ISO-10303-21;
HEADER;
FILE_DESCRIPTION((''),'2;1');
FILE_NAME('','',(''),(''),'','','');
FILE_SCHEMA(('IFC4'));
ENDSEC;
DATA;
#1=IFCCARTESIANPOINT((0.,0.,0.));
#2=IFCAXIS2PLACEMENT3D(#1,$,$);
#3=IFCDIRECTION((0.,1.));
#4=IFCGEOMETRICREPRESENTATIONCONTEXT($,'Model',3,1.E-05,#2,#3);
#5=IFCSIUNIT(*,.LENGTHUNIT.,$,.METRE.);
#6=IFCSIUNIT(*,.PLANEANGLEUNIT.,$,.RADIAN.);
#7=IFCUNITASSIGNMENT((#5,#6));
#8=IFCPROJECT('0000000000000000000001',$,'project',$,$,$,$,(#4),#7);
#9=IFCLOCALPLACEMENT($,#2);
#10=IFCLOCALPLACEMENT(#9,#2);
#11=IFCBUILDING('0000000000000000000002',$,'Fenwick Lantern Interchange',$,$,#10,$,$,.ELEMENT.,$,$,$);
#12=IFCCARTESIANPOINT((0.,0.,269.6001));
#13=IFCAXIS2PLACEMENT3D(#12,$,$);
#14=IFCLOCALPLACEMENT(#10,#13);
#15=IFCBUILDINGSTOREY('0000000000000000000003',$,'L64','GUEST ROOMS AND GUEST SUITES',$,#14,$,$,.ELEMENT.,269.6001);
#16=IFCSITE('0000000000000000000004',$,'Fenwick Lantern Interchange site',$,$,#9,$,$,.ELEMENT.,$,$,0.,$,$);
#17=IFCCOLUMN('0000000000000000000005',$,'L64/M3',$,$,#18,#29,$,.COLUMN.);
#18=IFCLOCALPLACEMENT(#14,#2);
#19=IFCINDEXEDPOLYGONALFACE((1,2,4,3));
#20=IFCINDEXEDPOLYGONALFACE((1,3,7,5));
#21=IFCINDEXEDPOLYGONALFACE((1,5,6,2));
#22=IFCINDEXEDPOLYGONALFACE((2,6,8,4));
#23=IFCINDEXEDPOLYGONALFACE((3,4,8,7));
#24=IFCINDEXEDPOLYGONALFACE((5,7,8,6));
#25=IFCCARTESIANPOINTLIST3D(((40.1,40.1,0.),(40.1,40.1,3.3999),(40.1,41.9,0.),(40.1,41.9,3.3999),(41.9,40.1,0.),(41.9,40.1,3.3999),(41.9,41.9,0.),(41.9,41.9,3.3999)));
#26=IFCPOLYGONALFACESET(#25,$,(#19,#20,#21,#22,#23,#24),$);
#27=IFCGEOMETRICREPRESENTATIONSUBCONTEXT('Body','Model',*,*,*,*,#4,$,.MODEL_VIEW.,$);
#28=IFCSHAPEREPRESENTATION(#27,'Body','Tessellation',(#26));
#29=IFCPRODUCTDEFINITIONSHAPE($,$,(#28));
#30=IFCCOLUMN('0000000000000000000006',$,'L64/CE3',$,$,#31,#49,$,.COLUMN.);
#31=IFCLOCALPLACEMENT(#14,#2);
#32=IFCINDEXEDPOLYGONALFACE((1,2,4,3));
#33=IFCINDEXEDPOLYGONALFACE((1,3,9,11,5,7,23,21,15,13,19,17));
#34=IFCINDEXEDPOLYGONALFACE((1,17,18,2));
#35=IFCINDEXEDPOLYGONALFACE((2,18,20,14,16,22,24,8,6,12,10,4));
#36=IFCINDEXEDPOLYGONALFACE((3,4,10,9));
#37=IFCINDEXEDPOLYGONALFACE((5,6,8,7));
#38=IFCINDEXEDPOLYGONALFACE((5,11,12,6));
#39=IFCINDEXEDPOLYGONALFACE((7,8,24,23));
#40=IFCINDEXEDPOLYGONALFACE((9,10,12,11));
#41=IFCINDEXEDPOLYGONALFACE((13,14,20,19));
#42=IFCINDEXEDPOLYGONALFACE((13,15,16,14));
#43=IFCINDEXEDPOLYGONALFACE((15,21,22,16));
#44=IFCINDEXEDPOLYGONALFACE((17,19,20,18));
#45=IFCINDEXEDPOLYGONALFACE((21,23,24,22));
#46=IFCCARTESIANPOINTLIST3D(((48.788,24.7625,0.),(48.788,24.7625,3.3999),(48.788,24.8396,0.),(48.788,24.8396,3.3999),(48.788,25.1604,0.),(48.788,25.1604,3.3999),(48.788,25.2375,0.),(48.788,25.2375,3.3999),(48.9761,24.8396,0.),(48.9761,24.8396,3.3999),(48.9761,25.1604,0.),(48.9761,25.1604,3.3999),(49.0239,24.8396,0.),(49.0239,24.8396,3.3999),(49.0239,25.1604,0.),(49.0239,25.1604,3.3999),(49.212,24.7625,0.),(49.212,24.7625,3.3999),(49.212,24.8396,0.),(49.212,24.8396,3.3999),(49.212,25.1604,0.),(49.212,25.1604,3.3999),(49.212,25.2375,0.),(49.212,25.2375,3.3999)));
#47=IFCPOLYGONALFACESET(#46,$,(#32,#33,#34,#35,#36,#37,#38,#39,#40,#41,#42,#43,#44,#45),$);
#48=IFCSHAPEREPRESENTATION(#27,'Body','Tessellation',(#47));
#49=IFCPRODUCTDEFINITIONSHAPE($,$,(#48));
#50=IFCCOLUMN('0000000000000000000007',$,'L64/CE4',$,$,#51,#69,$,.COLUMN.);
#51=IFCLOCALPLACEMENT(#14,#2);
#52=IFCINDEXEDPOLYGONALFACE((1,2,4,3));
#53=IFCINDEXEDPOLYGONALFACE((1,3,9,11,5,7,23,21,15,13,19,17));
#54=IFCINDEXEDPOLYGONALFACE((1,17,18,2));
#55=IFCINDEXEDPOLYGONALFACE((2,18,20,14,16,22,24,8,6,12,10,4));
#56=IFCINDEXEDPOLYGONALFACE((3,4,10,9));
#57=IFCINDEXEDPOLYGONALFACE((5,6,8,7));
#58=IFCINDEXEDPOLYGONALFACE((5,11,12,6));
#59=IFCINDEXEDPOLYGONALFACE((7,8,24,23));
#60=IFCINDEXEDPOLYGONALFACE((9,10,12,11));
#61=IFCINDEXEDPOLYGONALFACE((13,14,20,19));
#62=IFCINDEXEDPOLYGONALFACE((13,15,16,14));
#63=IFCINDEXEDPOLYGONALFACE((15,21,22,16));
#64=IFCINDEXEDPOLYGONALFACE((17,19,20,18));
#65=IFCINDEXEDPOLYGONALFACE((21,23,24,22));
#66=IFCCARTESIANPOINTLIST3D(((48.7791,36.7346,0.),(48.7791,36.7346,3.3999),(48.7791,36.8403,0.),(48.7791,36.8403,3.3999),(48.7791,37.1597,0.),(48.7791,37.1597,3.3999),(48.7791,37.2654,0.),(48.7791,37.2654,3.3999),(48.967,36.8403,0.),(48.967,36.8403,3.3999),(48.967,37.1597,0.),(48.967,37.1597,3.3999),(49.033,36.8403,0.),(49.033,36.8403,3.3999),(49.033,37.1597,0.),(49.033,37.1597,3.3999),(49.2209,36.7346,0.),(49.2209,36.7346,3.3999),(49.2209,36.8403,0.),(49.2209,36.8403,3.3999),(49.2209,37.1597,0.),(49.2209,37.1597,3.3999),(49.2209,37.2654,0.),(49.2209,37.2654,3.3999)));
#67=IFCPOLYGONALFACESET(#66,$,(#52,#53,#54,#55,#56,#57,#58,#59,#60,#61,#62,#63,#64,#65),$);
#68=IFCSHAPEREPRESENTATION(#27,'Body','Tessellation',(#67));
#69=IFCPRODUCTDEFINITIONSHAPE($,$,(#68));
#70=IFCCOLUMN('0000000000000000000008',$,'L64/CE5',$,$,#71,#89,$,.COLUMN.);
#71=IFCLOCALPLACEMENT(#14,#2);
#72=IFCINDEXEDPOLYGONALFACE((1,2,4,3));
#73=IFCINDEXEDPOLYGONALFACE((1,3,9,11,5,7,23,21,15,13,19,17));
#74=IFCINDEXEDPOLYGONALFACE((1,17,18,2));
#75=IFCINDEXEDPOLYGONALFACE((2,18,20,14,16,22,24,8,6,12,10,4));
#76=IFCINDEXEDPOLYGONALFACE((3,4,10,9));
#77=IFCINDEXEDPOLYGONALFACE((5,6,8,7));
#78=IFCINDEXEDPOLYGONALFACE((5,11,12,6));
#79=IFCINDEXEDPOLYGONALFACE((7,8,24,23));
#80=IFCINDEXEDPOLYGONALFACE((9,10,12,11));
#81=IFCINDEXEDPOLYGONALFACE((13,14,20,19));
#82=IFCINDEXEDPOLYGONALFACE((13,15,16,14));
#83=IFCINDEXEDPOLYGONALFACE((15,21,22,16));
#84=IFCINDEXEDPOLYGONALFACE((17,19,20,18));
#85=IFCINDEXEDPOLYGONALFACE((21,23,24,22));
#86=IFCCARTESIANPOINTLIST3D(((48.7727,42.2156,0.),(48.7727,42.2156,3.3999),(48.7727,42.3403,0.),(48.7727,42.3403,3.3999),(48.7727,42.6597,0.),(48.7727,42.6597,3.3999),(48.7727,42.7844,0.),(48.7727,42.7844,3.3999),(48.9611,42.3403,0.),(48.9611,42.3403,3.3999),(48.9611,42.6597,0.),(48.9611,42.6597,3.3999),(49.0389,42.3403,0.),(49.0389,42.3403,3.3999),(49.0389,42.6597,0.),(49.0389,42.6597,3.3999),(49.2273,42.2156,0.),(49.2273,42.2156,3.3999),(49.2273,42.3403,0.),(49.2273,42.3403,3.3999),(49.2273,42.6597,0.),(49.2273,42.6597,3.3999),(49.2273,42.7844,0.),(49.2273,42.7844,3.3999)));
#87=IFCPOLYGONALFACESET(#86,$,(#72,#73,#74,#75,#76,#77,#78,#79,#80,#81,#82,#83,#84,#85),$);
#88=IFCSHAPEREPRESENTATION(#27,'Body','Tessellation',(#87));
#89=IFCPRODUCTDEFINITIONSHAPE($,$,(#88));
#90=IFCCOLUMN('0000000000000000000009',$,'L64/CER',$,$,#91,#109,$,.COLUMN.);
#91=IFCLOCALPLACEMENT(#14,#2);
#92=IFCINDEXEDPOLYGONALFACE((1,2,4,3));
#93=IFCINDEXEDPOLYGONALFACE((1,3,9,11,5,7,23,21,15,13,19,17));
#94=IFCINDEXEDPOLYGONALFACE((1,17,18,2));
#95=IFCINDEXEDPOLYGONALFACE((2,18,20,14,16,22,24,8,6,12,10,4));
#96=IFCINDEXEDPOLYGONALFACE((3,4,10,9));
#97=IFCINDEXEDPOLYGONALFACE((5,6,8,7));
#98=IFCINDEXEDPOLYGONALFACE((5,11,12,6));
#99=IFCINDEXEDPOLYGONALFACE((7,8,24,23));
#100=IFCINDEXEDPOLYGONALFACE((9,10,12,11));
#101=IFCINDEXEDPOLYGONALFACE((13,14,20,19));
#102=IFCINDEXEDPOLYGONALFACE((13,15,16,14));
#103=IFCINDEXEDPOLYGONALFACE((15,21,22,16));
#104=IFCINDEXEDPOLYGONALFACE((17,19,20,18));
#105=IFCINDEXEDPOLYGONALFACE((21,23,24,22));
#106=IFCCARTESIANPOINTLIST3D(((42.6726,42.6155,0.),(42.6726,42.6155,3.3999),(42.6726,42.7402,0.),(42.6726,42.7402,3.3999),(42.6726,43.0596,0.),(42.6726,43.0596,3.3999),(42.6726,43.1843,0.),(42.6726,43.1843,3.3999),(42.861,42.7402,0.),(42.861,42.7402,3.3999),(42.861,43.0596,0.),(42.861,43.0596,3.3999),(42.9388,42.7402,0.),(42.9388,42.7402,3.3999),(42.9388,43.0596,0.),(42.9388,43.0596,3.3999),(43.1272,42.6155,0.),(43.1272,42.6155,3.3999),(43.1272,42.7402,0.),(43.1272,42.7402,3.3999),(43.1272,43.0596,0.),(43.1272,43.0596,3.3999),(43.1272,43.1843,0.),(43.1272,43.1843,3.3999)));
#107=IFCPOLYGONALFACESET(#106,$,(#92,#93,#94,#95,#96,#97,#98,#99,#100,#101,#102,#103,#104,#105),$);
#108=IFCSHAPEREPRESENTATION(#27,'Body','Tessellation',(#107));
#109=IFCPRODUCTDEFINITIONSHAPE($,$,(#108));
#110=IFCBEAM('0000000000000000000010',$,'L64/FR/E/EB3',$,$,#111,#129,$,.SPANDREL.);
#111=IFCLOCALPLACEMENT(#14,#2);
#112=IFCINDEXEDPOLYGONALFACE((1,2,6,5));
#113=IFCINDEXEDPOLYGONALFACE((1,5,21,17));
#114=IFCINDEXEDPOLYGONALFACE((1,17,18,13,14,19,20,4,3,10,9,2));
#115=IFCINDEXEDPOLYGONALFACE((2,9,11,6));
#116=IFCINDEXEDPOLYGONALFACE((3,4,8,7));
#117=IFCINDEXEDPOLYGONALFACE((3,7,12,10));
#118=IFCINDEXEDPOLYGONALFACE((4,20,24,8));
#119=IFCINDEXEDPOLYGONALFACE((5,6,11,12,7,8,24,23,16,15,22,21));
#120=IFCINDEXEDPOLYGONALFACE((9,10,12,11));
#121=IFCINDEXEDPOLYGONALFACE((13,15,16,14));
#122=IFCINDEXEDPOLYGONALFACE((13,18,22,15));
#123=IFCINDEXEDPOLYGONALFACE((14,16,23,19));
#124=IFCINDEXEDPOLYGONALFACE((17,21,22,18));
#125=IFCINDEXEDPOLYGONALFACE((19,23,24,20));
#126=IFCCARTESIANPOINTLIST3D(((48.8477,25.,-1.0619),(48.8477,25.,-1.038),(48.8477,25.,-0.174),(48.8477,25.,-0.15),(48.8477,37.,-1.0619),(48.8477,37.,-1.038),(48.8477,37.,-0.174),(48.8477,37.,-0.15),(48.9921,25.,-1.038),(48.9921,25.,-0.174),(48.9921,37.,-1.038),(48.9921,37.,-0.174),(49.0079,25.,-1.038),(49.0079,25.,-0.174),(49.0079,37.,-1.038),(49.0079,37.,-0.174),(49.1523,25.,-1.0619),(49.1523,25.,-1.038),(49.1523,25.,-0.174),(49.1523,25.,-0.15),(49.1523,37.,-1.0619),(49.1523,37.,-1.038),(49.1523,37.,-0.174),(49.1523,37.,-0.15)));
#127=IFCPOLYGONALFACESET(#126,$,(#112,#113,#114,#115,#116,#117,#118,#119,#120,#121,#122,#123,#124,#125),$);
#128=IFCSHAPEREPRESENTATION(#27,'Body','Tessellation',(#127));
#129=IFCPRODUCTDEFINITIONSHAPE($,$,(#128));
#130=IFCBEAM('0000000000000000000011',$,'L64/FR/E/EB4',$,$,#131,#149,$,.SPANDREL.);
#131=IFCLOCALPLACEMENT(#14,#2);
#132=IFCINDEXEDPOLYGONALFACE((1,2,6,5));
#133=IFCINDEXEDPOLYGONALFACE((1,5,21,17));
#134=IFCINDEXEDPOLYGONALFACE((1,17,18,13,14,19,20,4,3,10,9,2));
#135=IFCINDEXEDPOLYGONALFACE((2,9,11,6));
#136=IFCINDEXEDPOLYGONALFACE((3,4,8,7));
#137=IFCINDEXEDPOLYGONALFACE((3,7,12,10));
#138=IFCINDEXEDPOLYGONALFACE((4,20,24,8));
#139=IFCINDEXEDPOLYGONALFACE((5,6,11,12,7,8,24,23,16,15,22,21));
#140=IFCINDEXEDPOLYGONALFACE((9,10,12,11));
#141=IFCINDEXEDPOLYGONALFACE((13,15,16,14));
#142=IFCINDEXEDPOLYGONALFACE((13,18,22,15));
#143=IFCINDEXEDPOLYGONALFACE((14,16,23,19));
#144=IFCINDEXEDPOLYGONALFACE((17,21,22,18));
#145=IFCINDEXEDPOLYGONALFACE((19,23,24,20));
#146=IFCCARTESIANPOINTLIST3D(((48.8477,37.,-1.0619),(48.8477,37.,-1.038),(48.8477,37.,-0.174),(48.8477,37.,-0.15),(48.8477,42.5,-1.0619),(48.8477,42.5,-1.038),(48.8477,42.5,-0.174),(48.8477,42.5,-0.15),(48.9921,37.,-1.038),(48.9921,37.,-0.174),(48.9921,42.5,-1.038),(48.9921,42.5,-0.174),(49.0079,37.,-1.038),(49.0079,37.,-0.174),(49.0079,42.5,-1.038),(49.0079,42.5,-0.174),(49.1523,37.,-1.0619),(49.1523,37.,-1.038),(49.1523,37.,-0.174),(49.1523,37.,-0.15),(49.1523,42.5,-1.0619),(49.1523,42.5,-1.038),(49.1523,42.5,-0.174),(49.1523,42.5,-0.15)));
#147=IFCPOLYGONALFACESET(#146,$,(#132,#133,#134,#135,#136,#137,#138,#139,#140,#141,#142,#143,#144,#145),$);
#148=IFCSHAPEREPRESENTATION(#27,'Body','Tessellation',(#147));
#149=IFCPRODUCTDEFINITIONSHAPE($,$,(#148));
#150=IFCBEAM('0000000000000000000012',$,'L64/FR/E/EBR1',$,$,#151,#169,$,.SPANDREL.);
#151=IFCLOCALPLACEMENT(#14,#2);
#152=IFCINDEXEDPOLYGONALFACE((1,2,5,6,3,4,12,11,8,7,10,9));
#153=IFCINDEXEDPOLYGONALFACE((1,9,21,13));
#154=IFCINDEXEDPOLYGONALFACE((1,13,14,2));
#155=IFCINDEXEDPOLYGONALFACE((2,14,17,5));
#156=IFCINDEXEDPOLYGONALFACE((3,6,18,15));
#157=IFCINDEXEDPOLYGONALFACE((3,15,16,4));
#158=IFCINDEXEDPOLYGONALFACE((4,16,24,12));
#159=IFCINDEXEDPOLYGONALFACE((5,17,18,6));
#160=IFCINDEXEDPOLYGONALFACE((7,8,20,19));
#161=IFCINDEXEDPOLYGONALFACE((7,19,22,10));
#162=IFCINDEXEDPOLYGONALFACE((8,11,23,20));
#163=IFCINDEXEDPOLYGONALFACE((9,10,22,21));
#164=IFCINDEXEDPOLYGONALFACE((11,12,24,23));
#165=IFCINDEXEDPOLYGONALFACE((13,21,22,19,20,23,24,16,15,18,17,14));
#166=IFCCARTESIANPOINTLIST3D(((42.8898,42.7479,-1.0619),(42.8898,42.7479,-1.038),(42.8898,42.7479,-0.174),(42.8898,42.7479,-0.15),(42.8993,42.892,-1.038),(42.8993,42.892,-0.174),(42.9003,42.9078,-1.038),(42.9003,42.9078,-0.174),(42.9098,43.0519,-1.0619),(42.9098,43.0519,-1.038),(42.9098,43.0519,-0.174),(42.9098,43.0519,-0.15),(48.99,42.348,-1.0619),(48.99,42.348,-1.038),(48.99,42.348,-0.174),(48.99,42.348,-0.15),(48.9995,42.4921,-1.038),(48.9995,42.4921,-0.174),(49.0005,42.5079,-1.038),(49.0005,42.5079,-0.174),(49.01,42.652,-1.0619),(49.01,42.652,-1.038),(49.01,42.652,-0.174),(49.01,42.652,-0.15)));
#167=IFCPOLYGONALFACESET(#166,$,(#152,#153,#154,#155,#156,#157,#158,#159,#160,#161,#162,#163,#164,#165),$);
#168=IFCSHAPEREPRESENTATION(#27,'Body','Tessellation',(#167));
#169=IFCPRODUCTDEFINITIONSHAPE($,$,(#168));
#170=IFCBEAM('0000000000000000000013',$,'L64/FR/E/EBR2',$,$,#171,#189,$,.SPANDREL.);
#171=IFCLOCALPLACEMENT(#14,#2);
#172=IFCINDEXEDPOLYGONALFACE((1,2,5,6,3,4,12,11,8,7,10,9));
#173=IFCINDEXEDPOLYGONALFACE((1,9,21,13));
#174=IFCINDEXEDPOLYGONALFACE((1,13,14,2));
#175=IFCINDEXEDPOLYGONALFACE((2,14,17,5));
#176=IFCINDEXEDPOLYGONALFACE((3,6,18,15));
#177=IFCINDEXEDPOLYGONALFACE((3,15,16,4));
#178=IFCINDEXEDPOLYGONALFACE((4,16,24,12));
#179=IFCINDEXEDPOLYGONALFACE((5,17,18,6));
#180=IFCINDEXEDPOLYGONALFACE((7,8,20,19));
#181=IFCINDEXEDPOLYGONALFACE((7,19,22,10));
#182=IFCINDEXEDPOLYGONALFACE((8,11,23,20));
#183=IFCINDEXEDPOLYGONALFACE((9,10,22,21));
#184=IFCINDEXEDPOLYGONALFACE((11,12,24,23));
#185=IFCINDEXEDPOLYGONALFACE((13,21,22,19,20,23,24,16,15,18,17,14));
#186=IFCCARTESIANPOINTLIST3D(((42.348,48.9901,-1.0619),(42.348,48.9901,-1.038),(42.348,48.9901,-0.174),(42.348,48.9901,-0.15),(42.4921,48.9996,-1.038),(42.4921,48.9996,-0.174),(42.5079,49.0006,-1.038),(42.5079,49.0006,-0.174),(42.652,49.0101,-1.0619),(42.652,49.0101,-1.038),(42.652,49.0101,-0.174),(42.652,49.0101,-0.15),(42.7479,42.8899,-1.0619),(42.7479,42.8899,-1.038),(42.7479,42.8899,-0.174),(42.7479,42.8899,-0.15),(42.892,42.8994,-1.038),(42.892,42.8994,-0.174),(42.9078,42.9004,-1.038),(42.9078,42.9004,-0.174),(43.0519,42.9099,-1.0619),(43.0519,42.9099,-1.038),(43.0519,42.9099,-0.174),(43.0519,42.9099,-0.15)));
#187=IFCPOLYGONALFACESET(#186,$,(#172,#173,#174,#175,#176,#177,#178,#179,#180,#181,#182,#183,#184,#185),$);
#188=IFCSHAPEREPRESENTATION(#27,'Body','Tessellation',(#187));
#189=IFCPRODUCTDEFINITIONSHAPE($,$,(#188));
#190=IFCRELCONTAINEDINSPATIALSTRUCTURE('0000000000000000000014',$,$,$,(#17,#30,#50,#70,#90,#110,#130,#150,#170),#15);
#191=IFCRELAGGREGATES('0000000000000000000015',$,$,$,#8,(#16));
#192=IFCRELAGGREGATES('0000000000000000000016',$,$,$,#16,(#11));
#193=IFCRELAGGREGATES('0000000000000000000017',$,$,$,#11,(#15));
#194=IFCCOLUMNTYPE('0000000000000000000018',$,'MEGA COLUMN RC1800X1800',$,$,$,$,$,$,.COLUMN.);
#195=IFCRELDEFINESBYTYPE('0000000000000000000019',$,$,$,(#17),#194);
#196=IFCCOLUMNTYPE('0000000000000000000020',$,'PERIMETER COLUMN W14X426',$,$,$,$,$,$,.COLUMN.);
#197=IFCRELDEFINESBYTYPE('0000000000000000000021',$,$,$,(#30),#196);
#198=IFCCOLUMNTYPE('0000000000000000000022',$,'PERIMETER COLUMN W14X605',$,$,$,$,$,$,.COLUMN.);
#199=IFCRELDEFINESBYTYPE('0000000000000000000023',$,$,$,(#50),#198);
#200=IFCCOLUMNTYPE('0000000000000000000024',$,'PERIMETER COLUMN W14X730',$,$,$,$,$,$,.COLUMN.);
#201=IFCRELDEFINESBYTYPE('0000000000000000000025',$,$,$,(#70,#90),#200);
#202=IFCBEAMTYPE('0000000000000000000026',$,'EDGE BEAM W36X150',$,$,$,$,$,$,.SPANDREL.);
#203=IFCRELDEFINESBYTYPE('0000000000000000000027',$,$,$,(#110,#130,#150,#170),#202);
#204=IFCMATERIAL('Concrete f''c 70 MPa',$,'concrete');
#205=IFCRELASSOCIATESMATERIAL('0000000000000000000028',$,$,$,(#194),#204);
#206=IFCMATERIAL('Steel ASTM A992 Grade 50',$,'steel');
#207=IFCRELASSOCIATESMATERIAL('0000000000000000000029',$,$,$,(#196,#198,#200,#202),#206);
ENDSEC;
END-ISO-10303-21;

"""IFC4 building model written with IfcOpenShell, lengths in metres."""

from ifc_helpers import new_model, si_unit, direction, frame, origin, origin_2d, place, context, subcontext, project, spatial, rectangle, i_section, extrude, material, material_profile, profile_set, type_object, element, save


model = new_model("IFC4")

# Units and contexts
model_context = context("Model", 3, precision=1e-05, world=origin(), true_north=direction((0.0, 1.0)))
body_context = subcontext(model_context, "Body", "Model", "MODEL_VIEW")
ifc_project = project(units=[si_unit("LENGTHUNIT", "METRE"), si_unit("PLANEANGLEUNIT", "RADIAN")], contexts=[model_context])

# Site, building, storey
site_placement = place(None, origin())
site = spatial("IfcSite", under=ifc_project, at=site_placement, Name="Fenwick Lantern Interchange site", CompositionType="ELEMENT", RefElevation=0.0)
building_placement = place(site_placement, origin())
building = spatial("IfcBuilding", under=site, at=building_placement, Name="Fenwick Lantern Interchange", CompositionType="ELEMENT")
storey_placement = place(building_placement, frame((0.0, 0.0, 269.6001)))
storey = spatial("IfcBuildingStorey", under=building, at=storey_placement, Name="L64", Description="GUEST ROOMS AND GUEST SUITES", CompositionType="ELEMENT", Elevation=269.6001)

# Columns
ifc_material_1 = material(Name="Concrete f'c 70 MPa", Category="concrete")
ifc_material_profile_1 = material_profile(ifc_material_1, rectangle(XDim=1.8, YDim=1.8, at=origin_2d()), Name="RC1800X1800")
ifc_profile_set_1 = profile_set([ifc_material_profile_1], Name="Concrete f'c 70 MPa")
column_type_1 = type_object("IfcColumnType", Name="MEGA COLUMN RC1800X1800", PredefinedType="COLUMN", material=ifc_profile_set_1)
column_1_placement = place(storey_placement, frame((41.0, 41.0, 0.0), z_axis=(0.0, 0.0, 1.0), x_axis=(1.0, 0.0, 0.0)))
element("IfcColumn", 1, at=column_1_placement, inside=storey, type_object=column_type_1, Name="L64/M3", PredefinedType="COLUMN", context=body_context, shape_type="SweptSolid", body=[
    extrude(rectangle(XDim=1.8, YDim=1.8, at=origin_2d()), origin(), (0.0, 0.0, 1.0), 3.3999),
])
ifc_material_2 = material(Name="Steel ASTM A992 Grade 50", Category="steel")
ifc_material_profile_2 = material_profile(ifc_material_2, i_section(OverallWidth=0.4241, OverallDepth=0.4751, WebThickness=0.0479, FlangeThickness=0.0771, at=origin_2d()), Name="W14X426")
ifc_profile_set_2 = profile_set([ifc_material_profile_2], Name="Steel ASTM A992 Grade 50")
column_type_2 = type_object("IfcColumnType", Name="PERIMETER COLUMN W14X426", PredefinedType="COLUMN", material=ifc_profile_set_2)
column_2_placement = place(storey_placement, frame((49.0, 25.0, 0.0), z_axis=(0.0, 0.0, 1.0), x_axis=(1.0, 0.0, 0.0)))
element("IfcColumn", 2, at=column_2_placement, inside=storey, type_object=column_type_2, Name="L64/CE3", PredefinedType="COLUMN", context=body_context, shape_type="SweptSolid", body=[
    extrude(i_section(OverallWidth=0.4241, OverallDepth=0.4751, WebThickness=0.0479, FlangeThickness=0.0771, at=origin_2d()), origin(), (0.0, 0.0, 1.0), 3.3999),
])
ifc_material_profile_3 = material_profile(ifc_material_2, i_section(OverallWidth=0.4419, OverallDepth=0.5308, WebThickness=0.0659, FlangeThickness=0.1057, at=origin_2d()), Name="W14X605")
ifc_profile_set_3 = profile_set([ifc_material_profile_3], Name="Steel ASTM A992 Grade 50")
column_type_3 = type_object("IfcColumnType", Name="PERIMETER COLUMN W14X605", PredefinedType="COLUMN", material=ifc_profile_set_3)
column_3_placement = place(storey_placement, frame((49.0, 37.0, 0.0), z_axis=(0.0, 0.0, 1.0), x_axis=(1.0, 0.0, 0.0)))
element("IfcColumn", 3, at=column_3_placement, inside=storey, type_object=column_type_3, Name="L64/CE4", PredefinedType="COLUMN", context=body_context, shape_type="SweptSolid", body=[
    extrude(i_section(OverallWidth=0.4419, OverallDepth=0.5308, WebThickness=0.0659, FlangeThickness=0.1057, at=origin_2d()), origin(), (0.0, 0.0, 1.0), 3.3999),
])
ifc_material_profile_4 = material_profile(ifc_material_2, i_section(OverallWidth=0.4546, OverallDepth=0.5688, WebThickness=0.0779, FlangeThickness=0.1248, at=origin_2d()), Name="W14X730")
ifc_profile_set_4 = profile_set([ifc_material_profile_4], Name="Steel ASTM A992 Grade 50")
column_type_4 = type_object("IfcColumnType", Name="PERIMETER COLUMN W14X730", PredefinedType="COLUMN", material=ifc_profile_set_4)
for number, where, z_axis, x_axis, name in (
    (4, (49.0, 42.5, 0.0), (0.0, 0.0, 1.0), (1.0, 0.0, 0.0), "L64/CE5"),
    (5, (42.8999, 42.8999, 0.0), (0.0, 0.0, 1.0), (1.0, 0.0, 0.0), "L64/CER"),
):
    element("IfcColumn", number, at=place(storey_placement, frame(where, z_axis=z_axis, x_axis=x_axis)), inside=storey, type_object=column_type_4, Name=name, PredefinedType="COLUMN", context=body_context, shape_type="SweptSolid", body=[
        extrude(i_section(OverallWidth=0.4546, OverallDepth=0.5688, WebThickness=0.0779, FlangeThickness=0.1248, at=origin_2d()), origin(), (0.0, 0.0, 1.0), 3.3999),
    ])

# Beams
ifc_material_profile_5 = material_profile(ifc_material_2, i_section(OverallWidth=0.3047, OverallDepth=0.9119, WebThickness=0.0159, FlangeThickness=0.0239, at=origin_2d()), Name="W36X150")
ifc_profile_set_5 = profile_set([ifc_material_profile_5], Name="Steel ASTM A992 Grade 50")
beam_type_1 = type_object("IfcBeamType", Name="EDGE BEAM W36X150", PredefinedType="SPANDREL", material=ifc_profile_set_5)
beam_1_placement = place(storey_placement, frame((49.0, 25.0, -0.606), z_axis=(0.0, 1.0, 0.0), x_axis=(-1.0, 0.0, 0.0)))
element("IfcBeam", 6, at=beam_1_placement, inside=storey, type_object=beam_type_1, Name="L64/FR/E/EB3", PredefinedType="SPANDREL", context=body_context, shape_type="SweptSolid", body=[
    extrude(i_section(OverallWidth=0.3047, OverallDepth=0.9119, WebThickness=0.0159, FlangeThickness=0.0239, at=origin_2d()), origin(), (0.0, 0.0, 1.0), 12.0),
])
beam_2_placement = place(storey_placement, frame((49.0, 37.0, -0.606), z_axis=(0.0, 1.0, 0.0), x_axis=(-1.0, 0.0, 0.0)))
element("IfcBeam", 7, at=beam_2_placement, inside=storey, type_object=beam_type_1, Name="L64/FR/E/EB4", PredefinedType="SPANDREL", context=body_context, shape_type="SweptSolid", body=[
    extrude(i_section(OverallWidth=0.3047, OverallDepth=0.9119, WebThickness=0.0159, FlangeThickness=0.0239, at=origin_2d()), origin(), (0.0, 0.0, 1.0), 5.5),
])
for number, where, z_axis, x_axis, name in (
    (8, (49.0, 42.5, -0.606), (-0.997858, 0.065416, 0.0), (-0.065416, -0.997858, 0.0), "L64/FR/E/EBR1"),
    (9, (42.8999, 42.8999, -0.606), (-0.065416, 0.997858, 0.0), (-0.997858, -0.065416, 0.0), "L64/FR/E/EBR2"),
):
    element("IfcBeam", number, at=place(storey_placement, frame(where, z_axis=z_axis, x_axis=x_axis)), inside=storey, type_object=beam_type_1, Name=name, PredefinedType="SPANDREL", context=body_context, shape_type="SweptSolid", body=[
        extrude(i_section(OverallWidth=0.3047, OverallDepth=0.9119, WebThickness=0.0159, FlangeThickness=0.0239, at=origin_2d()), origin(), (0.0, 0.0, 1.0), 6.1133),
    ])

save(model, "model.ifc")
